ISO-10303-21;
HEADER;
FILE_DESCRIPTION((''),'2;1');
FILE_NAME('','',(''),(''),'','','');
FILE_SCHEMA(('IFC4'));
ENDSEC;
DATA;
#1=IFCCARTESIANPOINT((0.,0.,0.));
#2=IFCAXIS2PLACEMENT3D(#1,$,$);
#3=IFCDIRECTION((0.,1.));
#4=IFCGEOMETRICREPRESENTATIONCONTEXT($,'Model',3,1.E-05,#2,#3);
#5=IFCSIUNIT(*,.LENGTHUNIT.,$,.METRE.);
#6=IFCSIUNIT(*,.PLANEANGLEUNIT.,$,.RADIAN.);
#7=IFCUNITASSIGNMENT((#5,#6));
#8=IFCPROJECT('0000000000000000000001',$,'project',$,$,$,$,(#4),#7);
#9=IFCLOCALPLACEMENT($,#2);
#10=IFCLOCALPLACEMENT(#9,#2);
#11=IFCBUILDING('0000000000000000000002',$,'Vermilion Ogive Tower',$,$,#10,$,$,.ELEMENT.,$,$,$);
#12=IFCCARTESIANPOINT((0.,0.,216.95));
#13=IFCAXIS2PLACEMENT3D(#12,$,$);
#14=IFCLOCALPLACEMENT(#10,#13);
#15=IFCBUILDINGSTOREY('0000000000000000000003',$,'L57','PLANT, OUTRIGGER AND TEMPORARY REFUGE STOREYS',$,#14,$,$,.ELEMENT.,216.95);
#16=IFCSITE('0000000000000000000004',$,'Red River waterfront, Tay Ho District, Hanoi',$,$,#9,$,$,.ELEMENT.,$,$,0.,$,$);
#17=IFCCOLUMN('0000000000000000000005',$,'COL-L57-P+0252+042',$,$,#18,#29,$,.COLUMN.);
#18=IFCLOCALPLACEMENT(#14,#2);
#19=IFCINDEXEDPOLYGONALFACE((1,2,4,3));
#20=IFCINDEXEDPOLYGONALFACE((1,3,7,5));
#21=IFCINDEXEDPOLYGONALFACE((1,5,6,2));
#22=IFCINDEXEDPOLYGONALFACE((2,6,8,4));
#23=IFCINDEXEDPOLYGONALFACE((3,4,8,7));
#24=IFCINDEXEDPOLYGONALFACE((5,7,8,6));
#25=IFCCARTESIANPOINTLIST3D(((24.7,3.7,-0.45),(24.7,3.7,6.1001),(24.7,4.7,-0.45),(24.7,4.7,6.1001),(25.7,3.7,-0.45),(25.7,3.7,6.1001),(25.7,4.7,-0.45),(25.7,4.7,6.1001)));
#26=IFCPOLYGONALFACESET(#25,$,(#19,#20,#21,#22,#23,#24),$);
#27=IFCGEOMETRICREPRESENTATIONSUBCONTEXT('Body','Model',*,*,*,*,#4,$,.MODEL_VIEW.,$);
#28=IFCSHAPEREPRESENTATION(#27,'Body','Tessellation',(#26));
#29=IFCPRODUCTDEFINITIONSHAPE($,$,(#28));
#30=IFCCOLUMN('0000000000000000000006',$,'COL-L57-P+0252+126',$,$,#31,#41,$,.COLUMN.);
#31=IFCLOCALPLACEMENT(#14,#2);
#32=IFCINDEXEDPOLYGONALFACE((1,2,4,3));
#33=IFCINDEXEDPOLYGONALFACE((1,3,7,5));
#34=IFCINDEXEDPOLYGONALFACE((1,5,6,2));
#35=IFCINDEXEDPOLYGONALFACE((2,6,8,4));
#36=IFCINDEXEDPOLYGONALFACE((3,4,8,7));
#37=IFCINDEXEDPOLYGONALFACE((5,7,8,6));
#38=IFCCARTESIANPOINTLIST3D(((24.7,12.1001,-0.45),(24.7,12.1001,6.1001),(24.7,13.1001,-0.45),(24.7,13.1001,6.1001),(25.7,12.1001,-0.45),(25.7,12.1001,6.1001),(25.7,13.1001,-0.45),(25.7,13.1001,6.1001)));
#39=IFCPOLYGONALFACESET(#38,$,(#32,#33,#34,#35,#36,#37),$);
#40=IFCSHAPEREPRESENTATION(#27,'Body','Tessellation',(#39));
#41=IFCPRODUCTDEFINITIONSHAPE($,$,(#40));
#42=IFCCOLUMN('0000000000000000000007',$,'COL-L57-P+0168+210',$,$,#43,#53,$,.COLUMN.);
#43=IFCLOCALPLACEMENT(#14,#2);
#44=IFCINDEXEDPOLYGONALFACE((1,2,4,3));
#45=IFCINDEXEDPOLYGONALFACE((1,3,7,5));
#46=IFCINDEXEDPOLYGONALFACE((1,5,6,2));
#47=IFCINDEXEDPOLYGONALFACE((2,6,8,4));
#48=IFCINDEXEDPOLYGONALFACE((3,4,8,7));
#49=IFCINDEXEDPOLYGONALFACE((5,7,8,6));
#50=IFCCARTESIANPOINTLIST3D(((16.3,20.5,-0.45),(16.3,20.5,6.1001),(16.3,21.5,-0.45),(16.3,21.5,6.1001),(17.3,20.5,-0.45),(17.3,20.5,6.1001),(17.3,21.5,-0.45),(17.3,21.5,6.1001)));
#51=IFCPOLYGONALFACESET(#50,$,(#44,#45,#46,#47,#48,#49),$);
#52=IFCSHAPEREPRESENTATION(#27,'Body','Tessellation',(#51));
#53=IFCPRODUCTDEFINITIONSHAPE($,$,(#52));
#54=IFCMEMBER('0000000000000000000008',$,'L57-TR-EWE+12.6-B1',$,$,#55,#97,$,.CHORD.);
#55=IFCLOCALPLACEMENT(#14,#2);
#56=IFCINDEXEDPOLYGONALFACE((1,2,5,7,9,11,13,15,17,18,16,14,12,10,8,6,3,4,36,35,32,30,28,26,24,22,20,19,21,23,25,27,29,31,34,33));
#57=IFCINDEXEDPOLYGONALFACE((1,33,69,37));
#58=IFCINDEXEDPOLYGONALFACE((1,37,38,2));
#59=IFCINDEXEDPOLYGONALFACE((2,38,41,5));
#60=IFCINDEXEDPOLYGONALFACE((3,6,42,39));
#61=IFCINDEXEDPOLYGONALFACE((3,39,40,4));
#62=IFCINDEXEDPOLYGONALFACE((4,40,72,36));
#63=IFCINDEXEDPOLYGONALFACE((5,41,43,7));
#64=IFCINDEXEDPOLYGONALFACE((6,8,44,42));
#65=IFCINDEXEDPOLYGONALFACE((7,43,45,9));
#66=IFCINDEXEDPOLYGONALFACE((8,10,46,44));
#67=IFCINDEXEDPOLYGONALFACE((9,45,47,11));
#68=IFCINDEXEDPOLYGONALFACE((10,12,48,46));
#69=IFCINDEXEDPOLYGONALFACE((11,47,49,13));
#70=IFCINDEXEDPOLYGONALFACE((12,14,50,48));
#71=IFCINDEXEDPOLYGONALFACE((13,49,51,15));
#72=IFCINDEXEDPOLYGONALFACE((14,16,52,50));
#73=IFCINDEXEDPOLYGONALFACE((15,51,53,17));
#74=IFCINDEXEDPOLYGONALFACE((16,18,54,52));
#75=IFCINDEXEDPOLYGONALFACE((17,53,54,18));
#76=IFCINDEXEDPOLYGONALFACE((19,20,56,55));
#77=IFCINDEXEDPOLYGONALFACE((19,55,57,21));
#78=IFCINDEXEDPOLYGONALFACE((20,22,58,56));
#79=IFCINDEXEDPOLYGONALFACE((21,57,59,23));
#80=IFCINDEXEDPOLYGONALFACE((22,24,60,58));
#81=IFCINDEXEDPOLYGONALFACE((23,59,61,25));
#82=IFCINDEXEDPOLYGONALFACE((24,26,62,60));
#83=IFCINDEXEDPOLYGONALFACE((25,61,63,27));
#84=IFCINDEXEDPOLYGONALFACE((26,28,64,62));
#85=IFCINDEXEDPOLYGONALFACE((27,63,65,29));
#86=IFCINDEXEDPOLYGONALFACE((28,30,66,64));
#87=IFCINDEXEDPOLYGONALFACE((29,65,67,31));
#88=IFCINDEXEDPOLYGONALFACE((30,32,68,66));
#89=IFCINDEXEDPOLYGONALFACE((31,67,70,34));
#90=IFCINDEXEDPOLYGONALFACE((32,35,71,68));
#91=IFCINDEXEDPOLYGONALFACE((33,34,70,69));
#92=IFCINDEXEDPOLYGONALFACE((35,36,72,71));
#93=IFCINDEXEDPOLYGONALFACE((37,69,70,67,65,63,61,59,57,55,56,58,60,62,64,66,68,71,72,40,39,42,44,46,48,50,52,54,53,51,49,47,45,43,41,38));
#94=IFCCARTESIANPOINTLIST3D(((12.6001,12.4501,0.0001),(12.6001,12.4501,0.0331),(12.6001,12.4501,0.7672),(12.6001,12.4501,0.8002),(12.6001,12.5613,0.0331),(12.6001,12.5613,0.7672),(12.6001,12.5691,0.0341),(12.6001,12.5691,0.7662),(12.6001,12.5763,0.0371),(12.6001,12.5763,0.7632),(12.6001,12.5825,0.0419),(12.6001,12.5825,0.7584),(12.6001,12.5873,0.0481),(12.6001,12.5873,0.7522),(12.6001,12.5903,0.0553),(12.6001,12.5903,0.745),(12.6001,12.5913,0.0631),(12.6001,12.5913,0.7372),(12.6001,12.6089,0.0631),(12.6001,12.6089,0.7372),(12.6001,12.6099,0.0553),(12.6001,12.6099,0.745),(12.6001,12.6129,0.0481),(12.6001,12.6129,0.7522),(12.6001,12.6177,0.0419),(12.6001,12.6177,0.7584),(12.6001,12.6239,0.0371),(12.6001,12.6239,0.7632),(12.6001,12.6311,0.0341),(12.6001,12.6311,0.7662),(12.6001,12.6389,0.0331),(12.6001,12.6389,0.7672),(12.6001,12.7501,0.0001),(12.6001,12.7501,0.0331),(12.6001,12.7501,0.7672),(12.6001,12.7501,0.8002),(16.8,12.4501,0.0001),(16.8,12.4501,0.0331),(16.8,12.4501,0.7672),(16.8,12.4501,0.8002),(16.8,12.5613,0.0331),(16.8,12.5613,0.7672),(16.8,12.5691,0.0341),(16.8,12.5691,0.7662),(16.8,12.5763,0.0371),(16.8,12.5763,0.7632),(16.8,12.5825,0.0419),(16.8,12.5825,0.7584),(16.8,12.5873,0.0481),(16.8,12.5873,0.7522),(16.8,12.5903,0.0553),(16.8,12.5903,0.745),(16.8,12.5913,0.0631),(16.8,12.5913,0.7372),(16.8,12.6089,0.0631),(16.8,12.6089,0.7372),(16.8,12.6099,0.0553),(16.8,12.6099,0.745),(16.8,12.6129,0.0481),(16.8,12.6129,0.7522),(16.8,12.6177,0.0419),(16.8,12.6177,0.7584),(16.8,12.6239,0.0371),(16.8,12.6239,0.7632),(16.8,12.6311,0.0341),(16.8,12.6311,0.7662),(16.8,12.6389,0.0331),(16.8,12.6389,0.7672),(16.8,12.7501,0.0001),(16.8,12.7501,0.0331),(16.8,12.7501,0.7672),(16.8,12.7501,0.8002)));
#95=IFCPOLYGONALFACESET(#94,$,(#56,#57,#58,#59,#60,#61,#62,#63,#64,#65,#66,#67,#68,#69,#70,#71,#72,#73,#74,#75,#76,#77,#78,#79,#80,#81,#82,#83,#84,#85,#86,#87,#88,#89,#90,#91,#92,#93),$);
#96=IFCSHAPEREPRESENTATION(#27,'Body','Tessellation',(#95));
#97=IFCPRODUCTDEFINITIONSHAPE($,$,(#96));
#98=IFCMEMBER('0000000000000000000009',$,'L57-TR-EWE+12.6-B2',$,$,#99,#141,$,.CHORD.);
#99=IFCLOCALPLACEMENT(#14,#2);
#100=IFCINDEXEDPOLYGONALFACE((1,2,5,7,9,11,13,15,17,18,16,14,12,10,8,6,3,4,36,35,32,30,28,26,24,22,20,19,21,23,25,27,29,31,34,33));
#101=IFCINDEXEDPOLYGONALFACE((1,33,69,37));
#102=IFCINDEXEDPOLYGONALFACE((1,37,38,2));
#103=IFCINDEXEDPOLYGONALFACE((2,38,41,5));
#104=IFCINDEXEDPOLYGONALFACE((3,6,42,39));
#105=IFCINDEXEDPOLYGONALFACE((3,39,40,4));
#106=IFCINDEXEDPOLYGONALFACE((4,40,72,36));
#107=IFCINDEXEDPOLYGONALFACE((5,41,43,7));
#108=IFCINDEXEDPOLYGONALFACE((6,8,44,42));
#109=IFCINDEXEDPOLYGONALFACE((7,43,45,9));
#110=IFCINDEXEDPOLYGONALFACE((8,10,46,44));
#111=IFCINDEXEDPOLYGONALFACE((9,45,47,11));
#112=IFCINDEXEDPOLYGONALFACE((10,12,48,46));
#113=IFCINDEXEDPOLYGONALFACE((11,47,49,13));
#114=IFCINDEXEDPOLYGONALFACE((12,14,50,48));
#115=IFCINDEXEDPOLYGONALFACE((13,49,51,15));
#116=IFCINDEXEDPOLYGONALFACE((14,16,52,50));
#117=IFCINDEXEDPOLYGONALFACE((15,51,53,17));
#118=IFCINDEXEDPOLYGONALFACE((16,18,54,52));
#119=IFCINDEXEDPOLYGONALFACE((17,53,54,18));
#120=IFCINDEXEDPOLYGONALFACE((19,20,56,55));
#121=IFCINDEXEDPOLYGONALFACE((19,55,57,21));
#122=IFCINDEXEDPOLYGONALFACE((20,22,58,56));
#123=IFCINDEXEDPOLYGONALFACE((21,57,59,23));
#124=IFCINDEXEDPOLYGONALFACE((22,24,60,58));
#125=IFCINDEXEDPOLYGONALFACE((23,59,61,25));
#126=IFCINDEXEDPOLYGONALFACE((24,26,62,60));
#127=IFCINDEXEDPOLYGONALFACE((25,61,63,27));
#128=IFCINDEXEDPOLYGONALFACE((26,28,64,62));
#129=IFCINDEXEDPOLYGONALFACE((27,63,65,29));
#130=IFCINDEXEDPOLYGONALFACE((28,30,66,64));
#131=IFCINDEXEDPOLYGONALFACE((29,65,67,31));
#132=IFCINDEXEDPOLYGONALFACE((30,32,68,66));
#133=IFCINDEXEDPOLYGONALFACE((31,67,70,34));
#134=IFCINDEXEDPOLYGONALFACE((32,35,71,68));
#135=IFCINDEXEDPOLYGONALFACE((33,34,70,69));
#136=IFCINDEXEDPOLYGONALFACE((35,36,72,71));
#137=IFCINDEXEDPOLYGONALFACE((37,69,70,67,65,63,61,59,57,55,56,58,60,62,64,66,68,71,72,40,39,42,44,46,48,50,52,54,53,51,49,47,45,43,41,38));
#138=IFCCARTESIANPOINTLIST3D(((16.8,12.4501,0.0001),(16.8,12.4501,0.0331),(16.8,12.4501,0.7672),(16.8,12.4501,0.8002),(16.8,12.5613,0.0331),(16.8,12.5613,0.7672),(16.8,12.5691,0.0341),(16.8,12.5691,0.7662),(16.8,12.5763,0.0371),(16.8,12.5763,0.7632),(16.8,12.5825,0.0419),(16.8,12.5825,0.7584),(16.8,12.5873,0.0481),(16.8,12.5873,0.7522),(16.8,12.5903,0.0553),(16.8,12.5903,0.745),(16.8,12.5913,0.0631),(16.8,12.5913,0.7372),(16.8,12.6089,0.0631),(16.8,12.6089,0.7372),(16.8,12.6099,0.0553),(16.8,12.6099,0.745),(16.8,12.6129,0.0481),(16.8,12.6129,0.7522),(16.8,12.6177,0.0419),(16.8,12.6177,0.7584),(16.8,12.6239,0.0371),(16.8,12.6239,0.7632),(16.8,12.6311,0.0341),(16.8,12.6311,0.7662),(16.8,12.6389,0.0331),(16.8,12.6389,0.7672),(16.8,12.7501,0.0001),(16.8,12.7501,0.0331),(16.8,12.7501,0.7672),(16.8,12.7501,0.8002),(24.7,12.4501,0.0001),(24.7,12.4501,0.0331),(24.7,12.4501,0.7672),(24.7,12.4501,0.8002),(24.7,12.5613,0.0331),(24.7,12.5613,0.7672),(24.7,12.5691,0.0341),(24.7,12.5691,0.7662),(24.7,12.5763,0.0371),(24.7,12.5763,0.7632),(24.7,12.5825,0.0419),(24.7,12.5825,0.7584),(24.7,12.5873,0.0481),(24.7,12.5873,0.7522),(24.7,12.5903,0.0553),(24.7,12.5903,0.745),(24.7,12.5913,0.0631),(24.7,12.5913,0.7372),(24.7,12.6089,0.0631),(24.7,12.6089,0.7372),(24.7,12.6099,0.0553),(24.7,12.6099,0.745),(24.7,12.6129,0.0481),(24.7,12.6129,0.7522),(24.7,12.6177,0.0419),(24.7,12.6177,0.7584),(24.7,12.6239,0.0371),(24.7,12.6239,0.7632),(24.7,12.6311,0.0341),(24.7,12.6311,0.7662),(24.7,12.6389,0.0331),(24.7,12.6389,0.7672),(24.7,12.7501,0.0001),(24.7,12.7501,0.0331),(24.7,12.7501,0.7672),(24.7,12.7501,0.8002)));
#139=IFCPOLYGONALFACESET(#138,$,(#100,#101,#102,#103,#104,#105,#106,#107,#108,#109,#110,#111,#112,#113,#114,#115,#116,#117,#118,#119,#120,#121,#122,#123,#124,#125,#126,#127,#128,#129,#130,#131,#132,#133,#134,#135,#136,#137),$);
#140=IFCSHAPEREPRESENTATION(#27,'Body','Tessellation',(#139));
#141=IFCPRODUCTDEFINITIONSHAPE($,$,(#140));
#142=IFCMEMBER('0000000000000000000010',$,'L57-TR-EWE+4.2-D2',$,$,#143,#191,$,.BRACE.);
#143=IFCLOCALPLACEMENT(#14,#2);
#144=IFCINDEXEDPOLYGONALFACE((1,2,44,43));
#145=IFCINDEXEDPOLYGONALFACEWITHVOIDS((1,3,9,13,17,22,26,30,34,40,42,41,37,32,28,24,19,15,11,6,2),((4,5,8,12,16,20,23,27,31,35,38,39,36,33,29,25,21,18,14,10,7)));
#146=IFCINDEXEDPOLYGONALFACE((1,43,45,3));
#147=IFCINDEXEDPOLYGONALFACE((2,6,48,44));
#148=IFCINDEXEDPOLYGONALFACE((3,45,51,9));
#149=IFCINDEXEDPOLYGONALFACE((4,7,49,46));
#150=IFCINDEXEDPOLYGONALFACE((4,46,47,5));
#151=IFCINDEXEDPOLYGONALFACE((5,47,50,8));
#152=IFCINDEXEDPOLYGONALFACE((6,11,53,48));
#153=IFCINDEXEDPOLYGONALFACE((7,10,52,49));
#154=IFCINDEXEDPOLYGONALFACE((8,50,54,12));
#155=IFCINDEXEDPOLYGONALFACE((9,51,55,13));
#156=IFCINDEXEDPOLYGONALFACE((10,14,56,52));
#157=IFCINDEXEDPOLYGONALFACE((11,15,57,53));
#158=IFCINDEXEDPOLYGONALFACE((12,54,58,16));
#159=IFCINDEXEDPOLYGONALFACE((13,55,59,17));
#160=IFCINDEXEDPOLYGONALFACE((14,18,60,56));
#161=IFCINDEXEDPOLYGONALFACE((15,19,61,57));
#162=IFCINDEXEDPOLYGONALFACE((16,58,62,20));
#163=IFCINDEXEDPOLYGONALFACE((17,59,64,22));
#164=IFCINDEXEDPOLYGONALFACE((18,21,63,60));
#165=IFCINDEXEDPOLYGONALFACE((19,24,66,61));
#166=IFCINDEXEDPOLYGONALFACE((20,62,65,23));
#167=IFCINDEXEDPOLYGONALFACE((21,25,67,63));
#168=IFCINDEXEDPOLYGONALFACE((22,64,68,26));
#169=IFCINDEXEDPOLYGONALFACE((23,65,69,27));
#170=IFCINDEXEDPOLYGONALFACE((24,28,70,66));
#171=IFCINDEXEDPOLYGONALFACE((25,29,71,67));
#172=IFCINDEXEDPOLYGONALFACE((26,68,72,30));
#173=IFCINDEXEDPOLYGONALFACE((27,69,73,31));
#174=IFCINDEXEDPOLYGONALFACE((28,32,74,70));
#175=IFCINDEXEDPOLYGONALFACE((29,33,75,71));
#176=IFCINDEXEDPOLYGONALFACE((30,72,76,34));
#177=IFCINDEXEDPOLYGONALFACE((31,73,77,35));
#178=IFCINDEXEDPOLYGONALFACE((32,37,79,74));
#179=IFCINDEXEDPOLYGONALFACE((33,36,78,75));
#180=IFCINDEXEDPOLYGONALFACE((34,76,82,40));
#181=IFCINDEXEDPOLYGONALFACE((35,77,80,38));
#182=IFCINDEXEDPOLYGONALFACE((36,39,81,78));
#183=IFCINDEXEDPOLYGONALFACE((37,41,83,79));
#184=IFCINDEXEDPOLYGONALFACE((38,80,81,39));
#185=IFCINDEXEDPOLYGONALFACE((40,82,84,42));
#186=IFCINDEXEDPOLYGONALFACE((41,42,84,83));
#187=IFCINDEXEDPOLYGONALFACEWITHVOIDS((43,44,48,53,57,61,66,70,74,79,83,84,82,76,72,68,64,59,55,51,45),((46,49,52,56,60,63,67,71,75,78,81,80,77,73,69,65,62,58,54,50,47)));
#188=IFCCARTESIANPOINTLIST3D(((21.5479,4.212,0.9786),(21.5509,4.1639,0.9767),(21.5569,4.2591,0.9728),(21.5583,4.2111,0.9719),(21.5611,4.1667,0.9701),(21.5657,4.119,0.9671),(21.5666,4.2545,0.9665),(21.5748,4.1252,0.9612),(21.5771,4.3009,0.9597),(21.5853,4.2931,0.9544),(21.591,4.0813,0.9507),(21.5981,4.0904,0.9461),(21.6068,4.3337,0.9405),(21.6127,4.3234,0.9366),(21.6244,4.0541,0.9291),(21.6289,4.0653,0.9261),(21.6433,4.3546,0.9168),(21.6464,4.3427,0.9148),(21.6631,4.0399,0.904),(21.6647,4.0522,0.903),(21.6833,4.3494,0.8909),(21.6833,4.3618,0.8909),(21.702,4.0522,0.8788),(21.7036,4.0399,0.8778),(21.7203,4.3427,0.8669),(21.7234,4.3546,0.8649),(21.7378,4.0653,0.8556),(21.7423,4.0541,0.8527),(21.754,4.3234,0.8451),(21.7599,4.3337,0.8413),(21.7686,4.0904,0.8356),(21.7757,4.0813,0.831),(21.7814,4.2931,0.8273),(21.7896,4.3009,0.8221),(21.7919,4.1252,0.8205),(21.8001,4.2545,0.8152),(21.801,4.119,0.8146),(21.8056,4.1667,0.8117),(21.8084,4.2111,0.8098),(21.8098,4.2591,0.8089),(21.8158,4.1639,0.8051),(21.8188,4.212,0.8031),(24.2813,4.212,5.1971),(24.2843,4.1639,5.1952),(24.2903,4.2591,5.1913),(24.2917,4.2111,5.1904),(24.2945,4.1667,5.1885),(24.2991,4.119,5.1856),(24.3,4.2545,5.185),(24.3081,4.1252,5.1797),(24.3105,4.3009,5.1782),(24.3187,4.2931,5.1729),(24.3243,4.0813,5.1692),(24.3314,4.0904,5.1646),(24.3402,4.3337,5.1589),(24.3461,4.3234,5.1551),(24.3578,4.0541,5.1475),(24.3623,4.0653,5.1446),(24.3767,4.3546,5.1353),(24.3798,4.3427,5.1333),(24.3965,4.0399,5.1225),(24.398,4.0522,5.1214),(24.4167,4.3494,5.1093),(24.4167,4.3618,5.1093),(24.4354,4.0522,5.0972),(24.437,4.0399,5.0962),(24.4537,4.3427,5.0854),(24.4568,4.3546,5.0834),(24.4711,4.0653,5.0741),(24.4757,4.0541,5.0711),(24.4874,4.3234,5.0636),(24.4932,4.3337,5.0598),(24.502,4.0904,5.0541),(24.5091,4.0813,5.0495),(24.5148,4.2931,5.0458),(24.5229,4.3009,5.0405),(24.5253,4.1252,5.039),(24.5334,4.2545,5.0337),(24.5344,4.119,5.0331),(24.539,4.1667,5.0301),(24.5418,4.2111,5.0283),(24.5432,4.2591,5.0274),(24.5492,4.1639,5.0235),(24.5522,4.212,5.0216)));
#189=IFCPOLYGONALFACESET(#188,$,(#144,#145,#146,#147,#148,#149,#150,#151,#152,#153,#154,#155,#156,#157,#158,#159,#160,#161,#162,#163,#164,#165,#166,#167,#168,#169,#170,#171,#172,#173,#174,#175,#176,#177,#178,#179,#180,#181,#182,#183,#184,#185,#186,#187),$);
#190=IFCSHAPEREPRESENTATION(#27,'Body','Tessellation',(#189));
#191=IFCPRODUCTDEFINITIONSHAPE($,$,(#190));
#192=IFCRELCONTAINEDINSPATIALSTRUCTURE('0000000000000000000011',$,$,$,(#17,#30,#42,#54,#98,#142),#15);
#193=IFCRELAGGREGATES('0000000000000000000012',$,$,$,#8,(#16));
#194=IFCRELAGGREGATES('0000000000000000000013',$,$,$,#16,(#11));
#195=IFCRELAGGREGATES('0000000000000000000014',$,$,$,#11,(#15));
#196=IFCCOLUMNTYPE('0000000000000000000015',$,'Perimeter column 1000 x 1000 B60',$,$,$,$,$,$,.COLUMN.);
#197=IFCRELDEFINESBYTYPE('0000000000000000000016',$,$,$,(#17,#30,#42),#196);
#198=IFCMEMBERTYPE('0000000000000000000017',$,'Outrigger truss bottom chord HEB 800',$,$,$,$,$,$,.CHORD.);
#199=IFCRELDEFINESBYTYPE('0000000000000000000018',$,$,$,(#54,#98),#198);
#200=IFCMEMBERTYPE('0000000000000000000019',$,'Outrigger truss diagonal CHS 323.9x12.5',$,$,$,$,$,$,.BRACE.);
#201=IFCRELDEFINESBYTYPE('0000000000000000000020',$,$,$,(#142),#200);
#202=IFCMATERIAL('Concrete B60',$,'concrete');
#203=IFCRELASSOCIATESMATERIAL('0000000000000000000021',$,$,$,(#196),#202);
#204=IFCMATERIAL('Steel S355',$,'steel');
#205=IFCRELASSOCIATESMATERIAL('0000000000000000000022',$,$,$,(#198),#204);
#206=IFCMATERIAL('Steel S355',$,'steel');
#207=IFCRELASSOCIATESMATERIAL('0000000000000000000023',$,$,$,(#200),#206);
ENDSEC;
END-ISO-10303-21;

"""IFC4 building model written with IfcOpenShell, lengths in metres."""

from ifc_helpers import new_model, si_unit, direction, frame, origin, origin_2d, place, context, subcontext, project, spatial, rectangle, hollow_circle, i_section, extrude, material, material_profile, profile_set, type_object, element, save


model = new_model("IFC4")

# Units and contexts
model_context = context("Model", 3, precision=1e-05, world=origin(), true_north=direction((0.0, 1.0)))
body_context = subcontext(model_context, "Body", "Model", "MODEL_VIEW")
ifc_project = project(units=[si_unit("LENGTHUNIT", "METRE"), si_unit("PLANEANGLEUNIT", "RADIAN")], contexts=[model_context])

# Site, building, storey
site_placement = place(None, origin())
site = spatial("IfcSite", under=ifc_project, at=site_placement, Name="Red River waterfront, Tay Ho District, Hanoi", CompositionType="ELEMENT", RefElevation=0.0)
building_placement = place(site_placement, origin())
building = spatial("IfcBuilding", under=site, at=building_placement, Name="Vermilion Ogive Tower", CompositionType="ELEMENT")
storey_placement = place(building_placement, frame((0.0, 0.0, 216.95)))
storey = spatial("IfcBuildingStorey", under=building, at=storey_placement, Name="L57", Description="PLANT, OUTRIGGER AND TEMPORARY REFUGE STOREYS", CompositionType="ELEMENT", Elevation=216.95)

# Columns
ifc_material_1 = material(Name="Concrete B60", Category="concrete")
ifc_material_profile_1 = material_profile(ifc_material_1, rectangle(XDim=1.0, YDim=1.0, at=origin_2d()), Name="1000 x 1000")
ifc_profile_set_1 = profile_set([ifc_material_profile_1], Name="Concrete B60")
column_type = type_object("IfcColumnType", Name="Perimeter column 1000 x 1000 B60", PredefinedType="COLUMN", material=ifc_profile_set_1)
for number, where, z_axis, x_axis, name in (
    (1, (25.2, 4.2, -0.45), (0.0, 0.0, 1.0), (1.0, 0.0, 0.0), "COL-L57-P+0252+042"),
    (2, (25.2, 12.6001, -0.45), (0.0, 0.0, 1.0), (1.0, 0.0, 0.0), "COL-L57-P+0252+126"),
    (3, (16.8, 21.0, -0.45), (0.0, 0.0, 1.0), (1.0, 0.0, 0.0), "COL-L57-P+0168+210"),
):
    element("IfcColumn", number, at=place(storey_placement, frame(where, z_axis=z_axis, x_axis=x_axis)), inside=storey, type_object=column_type, Name=name, PredefinedType="COLUMN", context=body_context, shape_type="SweptSolid", body=[
        extrude(rectangle(XDim=1.0, YDim=1.0, at=origin_2d()), origin(), (0.0, 0.0, 1.0), 6.55),
    ])

# Members
ifc_material_2 = material(Name="Steel S355", Category="steel")
ifc_material_profile_2 = material_profile(ifc_material_2, i_section(OverallWidth=0.3, OverallDepth=0.8, WebThickness=0.0176, FlangeThickness=0.033, FilletRadius=0.03, at=origin_2d()), Name="HEB 800")
ifc_profile_set_2 = profile_set([ifc_material_profile_2], Name="Steel S355")
member_type_1 = type_object("IfcMemberType", Name="Outrigger truss bottom chord HEB 800", PredefinedType="CHORD", material=ifc_profile_set_2)
member_1_placement = place(storey_placement, frame((12.6001, 12.6001, 0.4001), z_axis=(1.0, 0.0, 0.0), x_axis=(0.0, 1.0, 0.0)))
element("IfcMember", 4, at=member_1_placement, inside=storey, type_object=member_type_1, Name="L57-TR-EWE+12.6-B1", PredefinedType="CHORD", context=body_context, shape_type="SweptSolid", body=[
    extrude(i_section(OverallWidth=0.3, OverallDepth=0.8, WebThickness=0.0176, FlangeThickness=0.033, FilletRadius=0.03, at=origin_2d()), origin(), (0.0, 0.0, 1.0), 4.2),
])
member_2_placement = place(storey_placement, frame((16.8, 12.6001, 0.4001), z_axis=(1.0, 0.0, 0.0), x_axis=(0.0, 1.0, 0.0)))
element("IfcMember", 5, at=member_2_placement, inside=storey, type_object=member_type_1, Name="L57-TR-EWE+12.6-B2", PredefinedType="CHORD", context=body_context, shape_type="SweptSolid", body=[
    extrude(i_section(OverallWidth=0.3, OverallDepth=0.8, WebThickness=0.0176, FlangeThickness=0.033, FilletRadius=0.03, at=origin_2d()), origin(), (0.0, 0.0, 1.0), 7.8999),
])
ifc_material_3 = material(Name="Steel S355", Category="steel")
ifc_material_profile_3 = material_profile(ifc_material_3, hollow_circle(Radius=0.1619, WallThickness=0.0125, at=origin_2d()), Name="CHS 323.9x12.5")
ifc_profile_set_3 = profile_set([ifc_material_profile_3], Name="Steel S355")
member_type_2 = type_object("IfcMemberType", Name="Outrigger truss diagonal CHS 323.9x12.5", PredefinedType="BRACE", material=ifc_profile_set_3)
member_3_placement = place(storey_placement, frame((21.6833, 4.2, 0.8909), z_axis=(0.543781, 0.0, 0.839227), x_axis=(0.0, 1.0, 0.0)))
element("IfcMember", 6, at=member_3_placement, inside=storey, type_object=member_type_2, Name="L57-TR-EWE+4.2-D2", PredefinedType="BRACE", context=body_context, shape_type="SweptSolid", body=[
    extrude(hollow_circle(Radius=0.1619, WallThickness=0.0125, at=origin_2d()), origin(), (0.0, 0.0, 1.0), 5.0266),
])

save(model, "model.ifc")
